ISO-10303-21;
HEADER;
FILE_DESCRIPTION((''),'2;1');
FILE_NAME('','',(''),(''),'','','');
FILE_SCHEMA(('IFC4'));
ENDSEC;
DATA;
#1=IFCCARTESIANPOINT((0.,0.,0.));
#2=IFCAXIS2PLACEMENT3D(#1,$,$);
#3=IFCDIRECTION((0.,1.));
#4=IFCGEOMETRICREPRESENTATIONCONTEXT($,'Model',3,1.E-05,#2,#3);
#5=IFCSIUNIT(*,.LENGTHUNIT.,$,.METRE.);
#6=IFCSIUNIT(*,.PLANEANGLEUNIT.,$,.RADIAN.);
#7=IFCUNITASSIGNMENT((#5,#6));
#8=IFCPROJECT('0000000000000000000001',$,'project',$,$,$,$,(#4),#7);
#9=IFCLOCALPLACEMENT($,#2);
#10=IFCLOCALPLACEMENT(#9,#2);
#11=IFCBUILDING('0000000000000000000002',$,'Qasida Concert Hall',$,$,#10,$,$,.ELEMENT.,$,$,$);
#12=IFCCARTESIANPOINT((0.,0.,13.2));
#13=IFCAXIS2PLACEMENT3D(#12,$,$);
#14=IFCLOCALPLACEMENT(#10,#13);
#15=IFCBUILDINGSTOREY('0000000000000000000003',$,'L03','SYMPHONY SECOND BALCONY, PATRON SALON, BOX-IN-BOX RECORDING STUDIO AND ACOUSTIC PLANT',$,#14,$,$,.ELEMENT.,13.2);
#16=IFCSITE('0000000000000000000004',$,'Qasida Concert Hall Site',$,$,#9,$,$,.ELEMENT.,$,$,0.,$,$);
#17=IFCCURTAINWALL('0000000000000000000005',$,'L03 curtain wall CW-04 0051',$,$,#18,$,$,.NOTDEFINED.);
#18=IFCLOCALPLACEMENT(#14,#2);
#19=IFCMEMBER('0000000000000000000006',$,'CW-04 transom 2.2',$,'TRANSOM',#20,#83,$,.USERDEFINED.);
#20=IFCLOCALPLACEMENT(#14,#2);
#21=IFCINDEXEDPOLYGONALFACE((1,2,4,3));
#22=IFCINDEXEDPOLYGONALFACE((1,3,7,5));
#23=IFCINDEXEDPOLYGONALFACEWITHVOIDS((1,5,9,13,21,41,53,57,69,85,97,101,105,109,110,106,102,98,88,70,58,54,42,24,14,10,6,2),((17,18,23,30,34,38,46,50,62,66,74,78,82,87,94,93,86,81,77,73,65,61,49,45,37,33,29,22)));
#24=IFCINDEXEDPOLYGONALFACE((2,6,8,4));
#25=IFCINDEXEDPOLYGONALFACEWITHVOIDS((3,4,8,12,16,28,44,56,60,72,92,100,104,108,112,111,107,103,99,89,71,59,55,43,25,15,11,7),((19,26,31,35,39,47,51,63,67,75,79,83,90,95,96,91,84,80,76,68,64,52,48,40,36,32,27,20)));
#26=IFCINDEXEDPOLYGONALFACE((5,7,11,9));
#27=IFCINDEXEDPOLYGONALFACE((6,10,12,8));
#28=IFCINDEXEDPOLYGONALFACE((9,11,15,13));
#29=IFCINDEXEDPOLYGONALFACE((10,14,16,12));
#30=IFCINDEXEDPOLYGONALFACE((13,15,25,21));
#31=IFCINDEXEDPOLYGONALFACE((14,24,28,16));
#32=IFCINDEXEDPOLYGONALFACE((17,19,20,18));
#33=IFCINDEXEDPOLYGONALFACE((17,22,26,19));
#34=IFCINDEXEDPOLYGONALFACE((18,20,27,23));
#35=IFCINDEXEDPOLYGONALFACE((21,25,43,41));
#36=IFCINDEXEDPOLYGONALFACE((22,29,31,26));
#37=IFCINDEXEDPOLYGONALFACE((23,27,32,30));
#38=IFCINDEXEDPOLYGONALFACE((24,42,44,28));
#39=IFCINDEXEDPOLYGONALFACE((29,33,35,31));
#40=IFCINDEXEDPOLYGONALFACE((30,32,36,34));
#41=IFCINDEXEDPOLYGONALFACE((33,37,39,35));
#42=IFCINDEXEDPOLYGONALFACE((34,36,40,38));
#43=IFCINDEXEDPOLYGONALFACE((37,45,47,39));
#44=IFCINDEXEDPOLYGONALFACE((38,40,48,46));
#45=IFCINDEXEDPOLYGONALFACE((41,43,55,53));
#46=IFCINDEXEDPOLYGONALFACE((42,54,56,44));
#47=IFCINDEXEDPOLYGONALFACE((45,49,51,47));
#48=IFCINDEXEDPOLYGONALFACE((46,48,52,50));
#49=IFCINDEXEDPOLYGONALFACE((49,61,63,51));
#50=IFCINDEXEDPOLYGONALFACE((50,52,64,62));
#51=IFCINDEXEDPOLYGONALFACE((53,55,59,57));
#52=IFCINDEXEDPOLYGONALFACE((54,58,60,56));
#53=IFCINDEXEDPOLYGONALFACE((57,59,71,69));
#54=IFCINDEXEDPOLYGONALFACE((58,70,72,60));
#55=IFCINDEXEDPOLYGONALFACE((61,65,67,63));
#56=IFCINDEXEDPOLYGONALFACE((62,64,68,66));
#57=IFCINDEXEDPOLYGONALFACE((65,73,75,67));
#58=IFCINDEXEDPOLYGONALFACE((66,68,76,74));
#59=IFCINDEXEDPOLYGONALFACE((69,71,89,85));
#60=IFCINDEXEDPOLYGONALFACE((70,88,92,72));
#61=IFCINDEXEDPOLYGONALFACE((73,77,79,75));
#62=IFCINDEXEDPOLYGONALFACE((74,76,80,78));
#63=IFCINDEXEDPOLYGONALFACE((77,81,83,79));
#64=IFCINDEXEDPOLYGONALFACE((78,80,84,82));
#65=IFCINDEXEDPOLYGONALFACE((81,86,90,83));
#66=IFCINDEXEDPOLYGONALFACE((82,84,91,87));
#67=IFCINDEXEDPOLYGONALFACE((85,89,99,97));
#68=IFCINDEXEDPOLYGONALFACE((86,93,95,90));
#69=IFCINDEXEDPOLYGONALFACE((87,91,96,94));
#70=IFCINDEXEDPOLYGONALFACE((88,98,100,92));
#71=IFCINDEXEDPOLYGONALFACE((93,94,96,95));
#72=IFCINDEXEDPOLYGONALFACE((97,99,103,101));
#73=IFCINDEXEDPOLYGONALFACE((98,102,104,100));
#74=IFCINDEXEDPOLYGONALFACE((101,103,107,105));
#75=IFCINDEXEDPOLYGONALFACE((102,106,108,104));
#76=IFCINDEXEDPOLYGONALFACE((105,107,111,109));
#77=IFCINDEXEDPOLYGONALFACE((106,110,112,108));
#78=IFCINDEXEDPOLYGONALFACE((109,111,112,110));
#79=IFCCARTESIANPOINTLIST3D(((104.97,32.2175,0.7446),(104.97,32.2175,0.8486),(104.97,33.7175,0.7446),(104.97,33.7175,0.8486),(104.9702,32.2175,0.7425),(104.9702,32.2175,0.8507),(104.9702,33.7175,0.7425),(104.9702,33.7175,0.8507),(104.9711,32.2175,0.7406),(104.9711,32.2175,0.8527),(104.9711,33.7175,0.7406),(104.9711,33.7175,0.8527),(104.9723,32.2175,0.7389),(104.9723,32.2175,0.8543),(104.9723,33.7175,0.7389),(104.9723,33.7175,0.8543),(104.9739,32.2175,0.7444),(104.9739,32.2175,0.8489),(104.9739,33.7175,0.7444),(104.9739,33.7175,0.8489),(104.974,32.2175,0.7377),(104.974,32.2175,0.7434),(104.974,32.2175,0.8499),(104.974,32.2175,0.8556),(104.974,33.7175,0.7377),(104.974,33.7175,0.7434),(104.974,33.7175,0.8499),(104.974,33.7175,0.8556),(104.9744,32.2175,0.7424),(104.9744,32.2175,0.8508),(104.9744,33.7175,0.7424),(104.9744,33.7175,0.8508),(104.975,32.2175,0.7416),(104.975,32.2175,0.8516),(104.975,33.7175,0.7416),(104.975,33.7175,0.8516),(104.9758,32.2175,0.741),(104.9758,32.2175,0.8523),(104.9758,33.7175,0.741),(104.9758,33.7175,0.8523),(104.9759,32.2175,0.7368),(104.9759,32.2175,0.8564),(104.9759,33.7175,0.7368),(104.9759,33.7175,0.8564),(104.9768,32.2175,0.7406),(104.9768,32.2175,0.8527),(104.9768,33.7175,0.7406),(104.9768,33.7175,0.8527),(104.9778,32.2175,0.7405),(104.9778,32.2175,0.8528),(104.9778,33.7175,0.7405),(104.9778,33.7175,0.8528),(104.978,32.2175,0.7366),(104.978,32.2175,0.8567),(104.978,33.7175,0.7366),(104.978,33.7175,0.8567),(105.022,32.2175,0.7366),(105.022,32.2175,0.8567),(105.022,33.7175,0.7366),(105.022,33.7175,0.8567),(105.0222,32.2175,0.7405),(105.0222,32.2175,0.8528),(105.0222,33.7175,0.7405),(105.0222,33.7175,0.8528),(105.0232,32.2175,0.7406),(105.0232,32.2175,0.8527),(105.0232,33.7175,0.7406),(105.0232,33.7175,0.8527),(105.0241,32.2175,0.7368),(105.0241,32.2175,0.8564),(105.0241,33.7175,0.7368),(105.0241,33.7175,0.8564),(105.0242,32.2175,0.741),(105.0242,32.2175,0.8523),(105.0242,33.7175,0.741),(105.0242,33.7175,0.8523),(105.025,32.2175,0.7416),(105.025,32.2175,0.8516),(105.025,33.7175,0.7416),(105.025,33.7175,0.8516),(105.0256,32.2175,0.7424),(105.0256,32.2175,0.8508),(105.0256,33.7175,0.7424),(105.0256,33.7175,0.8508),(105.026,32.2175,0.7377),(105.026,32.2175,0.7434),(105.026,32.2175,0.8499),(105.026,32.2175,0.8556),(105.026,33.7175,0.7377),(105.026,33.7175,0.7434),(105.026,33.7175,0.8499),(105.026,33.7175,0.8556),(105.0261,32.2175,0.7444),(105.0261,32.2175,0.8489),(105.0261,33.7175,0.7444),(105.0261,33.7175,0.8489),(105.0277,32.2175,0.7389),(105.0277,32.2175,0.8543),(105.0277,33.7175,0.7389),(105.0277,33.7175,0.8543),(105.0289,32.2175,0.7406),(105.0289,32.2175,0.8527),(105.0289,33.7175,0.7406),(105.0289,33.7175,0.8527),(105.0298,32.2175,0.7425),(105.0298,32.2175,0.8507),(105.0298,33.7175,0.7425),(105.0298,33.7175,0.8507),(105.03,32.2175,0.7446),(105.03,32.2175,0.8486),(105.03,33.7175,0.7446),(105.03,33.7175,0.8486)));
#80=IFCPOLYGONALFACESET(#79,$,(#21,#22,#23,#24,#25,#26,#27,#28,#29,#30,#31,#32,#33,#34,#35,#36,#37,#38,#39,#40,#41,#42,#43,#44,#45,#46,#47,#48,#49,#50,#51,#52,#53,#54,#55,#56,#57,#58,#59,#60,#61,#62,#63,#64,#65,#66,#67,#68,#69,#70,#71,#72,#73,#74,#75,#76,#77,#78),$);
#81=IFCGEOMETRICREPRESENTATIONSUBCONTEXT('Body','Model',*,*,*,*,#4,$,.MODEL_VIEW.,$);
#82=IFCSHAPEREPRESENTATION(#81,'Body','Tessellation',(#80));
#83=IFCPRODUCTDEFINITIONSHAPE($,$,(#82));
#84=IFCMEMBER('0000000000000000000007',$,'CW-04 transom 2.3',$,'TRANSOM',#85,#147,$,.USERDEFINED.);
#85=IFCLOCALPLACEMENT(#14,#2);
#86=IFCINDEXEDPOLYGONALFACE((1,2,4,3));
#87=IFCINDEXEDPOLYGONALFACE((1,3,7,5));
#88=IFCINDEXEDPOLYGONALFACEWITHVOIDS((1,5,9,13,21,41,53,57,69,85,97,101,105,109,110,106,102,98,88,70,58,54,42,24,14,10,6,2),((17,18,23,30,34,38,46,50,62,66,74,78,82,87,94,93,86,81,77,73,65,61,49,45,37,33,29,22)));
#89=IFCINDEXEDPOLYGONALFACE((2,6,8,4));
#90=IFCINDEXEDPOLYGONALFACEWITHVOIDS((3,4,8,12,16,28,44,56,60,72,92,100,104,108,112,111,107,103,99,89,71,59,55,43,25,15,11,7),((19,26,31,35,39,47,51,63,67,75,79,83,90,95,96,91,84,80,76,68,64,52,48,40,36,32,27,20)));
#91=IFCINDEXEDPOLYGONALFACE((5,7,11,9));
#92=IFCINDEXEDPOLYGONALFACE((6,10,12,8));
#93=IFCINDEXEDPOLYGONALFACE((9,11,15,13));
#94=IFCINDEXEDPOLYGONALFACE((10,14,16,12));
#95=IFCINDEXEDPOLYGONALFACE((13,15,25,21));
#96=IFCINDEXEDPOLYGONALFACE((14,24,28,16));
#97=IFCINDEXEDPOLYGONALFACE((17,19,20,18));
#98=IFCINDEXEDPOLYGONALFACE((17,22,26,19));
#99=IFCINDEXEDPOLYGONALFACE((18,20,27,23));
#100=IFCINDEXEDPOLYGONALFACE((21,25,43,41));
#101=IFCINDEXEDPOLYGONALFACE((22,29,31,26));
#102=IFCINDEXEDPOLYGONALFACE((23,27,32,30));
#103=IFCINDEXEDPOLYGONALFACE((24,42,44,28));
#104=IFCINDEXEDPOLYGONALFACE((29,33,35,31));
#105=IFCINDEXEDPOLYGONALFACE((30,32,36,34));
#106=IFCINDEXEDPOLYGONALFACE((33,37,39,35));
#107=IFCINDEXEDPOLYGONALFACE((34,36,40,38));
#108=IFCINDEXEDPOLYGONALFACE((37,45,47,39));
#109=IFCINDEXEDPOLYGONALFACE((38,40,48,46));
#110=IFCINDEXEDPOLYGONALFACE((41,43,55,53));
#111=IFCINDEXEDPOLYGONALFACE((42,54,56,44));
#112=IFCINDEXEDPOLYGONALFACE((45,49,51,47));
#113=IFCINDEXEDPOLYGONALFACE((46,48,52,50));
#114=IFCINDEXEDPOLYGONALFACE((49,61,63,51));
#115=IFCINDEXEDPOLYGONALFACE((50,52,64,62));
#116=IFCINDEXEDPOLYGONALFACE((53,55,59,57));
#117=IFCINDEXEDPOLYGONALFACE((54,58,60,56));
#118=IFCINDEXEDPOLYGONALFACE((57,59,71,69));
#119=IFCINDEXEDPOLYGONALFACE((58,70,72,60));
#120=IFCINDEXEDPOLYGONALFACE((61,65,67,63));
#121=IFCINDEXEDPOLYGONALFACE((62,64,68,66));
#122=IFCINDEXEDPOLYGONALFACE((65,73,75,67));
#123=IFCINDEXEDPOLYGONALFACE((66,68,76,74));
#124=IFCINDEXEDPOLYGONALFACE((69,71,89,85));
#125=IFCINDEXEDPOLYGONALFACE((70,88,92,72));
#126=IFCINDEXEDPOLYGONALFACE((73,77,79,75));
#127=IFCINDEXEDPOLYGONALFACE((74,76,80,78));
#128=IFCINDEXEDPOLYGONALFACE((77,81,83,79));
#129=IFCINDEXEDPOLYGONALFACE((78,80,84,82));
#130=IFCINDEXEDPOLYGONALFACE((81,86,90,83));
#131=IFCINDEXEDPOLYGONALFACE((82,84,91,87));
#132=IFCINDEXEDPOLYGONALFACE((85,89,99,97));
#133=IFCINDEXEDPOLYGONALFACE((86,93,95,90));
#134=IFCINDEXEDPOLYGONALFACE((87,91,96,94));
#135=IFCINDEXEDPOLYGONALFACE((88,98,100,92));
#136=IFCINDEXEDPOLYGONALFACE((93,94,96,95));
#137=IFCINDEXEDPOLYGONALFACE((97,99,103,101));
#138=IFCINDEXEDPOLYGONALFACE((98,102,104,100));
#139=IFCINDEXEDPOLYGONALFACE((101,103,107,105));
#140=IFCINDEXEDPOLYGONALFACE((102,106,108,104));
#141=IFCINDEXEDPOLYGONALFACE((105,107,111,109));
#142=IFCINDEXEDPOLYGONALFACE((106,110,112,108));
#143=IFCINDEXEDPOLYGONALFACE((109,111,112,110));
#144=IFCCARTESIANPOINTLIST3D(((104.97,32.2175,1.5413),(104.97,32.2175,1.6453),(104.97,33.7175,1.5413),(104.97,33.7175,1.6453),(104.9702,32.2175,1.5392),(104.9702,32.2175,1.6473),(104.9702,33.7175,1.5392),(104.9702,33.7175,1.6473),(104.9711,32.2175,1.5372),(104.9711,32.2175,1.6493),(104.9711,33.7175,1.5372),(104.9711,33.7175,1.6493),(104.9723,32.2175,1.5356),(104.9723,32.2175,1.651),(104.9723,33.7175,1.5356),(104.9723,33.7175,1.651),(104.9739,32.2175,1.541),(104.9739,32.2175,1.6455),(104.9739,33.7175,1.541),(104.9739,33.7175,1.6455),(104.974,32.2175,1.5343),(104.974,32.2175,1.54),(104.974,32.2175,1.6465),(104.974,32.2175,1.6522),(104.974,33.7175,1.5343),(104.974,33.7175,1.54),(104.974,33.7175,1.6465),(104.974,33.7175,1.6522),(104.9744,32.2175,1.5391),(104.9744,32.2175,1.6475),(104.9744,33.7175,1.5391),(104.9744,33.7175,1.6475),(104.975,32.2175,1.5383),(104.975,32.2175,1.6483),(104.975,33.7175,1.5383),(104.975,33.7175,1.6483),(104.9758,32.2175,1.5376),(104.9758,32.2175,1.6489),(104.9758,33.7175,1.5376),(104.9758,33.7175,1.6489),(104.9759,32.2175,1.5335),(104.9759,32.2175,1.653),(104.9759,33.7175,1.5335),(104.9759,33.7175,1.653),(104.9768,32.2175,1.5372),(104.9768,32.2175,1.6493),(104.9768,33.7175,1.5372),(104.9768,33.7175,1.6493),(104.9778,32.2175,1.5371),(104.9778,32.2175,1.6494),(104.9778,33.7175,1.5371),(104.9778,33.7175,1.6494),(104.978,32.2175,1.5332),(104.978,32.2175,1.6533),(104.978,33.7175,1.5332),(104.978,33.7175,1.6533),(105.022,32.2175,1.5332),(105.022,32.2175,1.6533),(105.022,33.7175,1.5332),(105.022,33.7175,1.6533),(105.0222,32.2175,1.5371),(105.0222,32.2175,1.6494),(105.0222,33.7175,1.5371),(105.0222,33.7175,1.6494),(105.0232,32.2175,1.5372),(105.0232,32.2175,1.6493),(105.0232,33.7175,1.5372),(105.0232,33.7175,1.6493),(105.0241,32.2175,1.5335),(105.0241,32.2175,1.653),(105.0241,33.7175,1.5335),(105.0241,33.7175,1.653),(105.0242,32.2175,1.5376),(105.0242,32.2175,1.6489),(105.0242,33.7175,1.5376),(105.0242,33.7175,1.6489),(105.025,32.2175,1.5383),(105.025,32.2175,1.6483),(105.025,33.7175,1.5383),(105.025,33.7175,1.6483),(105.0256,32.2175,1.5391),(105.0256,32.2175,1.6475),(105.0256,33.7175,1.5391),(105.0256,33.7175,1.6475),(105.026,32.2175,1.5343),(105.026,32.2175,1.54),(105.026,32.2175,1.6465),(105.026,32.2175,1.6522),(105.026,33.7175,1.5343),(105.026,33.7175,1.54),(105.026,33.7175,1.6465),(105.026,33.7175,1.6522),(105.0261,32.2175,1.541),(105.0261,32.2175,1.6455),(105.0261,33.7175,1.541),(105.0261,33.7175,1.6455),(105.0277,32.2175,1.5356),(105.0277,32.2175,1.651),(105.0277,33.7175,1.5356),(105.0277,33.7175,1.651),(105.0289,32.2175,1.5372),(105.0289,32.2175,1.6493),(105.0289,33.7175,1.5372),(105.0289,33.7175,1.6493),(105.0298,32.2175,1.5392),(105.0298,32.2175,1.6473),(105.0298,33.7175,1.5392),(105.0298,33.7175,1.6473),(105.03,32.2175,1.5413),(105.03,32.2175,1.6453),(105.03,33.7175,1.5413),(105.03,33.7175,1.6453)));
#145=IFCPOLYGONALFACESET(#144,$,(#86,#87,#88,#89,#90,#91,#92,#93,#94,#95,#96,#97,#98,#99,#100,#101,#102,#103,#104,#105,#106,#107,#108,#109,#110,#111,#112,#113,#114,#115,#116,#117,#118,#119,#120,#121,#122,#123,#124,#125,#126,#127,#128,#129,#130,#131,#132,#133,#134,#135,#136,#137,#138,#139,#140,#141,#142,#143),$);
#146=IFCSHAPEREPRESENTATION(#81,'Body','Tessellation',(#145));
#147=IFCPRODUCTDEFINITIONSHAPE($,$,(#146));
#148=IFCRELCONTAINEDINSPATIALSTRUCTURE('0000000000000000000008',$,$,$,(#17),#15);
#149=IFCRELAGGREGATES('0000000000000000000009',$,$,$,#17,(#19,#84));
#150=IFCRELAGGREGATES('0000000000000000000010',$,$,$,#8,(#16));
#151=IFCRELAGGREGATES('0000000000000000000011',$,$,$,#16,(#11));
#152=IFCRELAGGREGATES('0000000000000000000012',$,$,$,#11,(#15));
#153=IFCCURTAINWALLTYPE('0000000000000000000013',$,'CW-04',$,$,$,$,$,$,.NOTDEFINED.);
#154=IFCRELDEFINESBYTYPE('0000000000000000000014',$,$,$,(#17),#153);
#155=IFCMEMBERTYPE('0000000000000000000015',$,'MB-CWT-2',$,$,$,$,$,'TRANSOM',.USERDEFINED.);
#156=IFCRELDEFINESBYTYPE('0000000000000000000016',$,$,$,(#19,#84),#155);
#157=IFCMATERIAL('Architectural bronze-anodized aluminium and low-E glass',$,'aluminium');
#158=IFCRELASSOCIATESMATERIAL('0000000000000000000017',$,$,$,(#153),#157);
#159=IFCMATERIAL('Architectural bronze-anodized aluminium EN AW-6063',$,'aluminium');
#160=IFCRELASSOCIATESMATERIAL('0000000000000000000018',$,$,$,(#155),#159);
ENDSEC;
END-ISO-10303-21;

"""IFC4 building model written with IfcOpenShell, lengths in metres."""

from ifc_helpers import new_model, si_unit, direction, frame, origin, origin_2d, place, context, subcontext, project, spatial, hollow_rectangle, extrude, material, material_profile, profile_set, type_object, element, aggregate, save


model = new_model("IFC4")

# Units and contexts
model_context = context("Model", 3, precision=1e-05, world=origin(), true_north=direction((0.0, 1.0)))
body_context = subcontext(model_context, "Body", "Model", "MODEL_VIEW")
ifc_project = project(units=[si_unit("LENGTHUNIT", "METRE"), si_unit("PLANEANGLEUNIT", "RADIAN")], contexts=[model_context])

# Site, building, storey
site_placement = place(None, origin())
site = spatial("IfcSite", under=ifc_project, at=site_placement, Name="Qasida Concert Hall Site", CompositionType="ELEMENT", RefElevation=0.0)
building_placement = place(site_placement, origin())
building = spatial("IfcBuilding", under=site, at=building_placement, Name="Qasida Concert Hall", CompositionType="ELEMENT")
storey_placement = place(building_placement, frame((0.0, 0.0, 13.2)))
storey = spatial("IfcBuildingStorey", under=building, at=storey_placement, Name="L03", Description="SYMPHONY SECOND BALCONY, PATRON SALON, BOX-IN-BOX RECORDING STUDIO AND ACOUSTIC PLANT", CompositionType="ELEMENT", Elevation=13.2)

# Curtain wall, members
ifc_material_1 = material(Name="Architectural bronze-anodized aluminium and low-E glass", Category="aluminium")
curtain_wall_type = type_object("IfcCurtainWallType", Name="CW-04", PredefinedType="NOTDEFINED", material=ifc_material_1)
curtain_wall_placement = place(storey_placement, origin())
curtain_wall = element("IfcCurtainWall", 1, at=curtain_wall_placement, inside=storey, type_object=curtain_wall_type, Name="L03 curtain wall CW-04 0051", PredefinedType="NOTDEFINED")
ifc_material_2 = material(Name="Architectural bronze-anodized aluminium EN AW-6063", Category="aluminium")
ifc_material_profile_1 = material_profile(ifc_material_2, hollow_rectangle(XDim=0.0601, YDim=0.1201, WallThickness=0.0039, InnerFilletRadius=0.0039, OuterFilletRadius=0.0081, at=origin_2d()), Name="CWT 120x60x4")
ifc_profile_set_1 = profile_set([ifc_material_profile_1], Name="Architectural bronze-anodized aluminium EN AW-6063")
member_type_1 = type_object("IfcMemberType", Name="MB-CWT-2", ElementType="TRANSOM", PredefinedType="USERDEFINED", material=ifc_profile_set_1)
member_1_placement = place(storey_placement, frame((105.0, 32.2175, 0.7966), z_axis=(0.0, 1.0, 0.0), x_axis=(-1.0, 0.0, 0.0)))
member_1 = element("IfcMember", 2, at=member_1_placement, type_object=member_type_1, Name="CW-04 transom 2.2", ObjectType="TRANSOM", PredefinedType="USERDEFINED", context=body_context, shape_type="SweptSolid", body=[
    extrude(hollow_rectangle(XDim=0.0601, YDim=0.1201, WallThickness=0.0039, InnerFilletRadius=0.0039, OuterFilletRadius=0.0081, at=origin_2d()), origin(), (0.0, 0.0, 1.0), 1.5),
])
member_2_placement = place(storey_placement, frame((105.0, 32.2175, 1.5933), z_axis=(0.0, 1.0, 0.0), x_axis=(-1.0, 0.0, 0.0)))
member_2 = element("IfcMember", 3, at=member_2_placement, type_object=member_type_1, Name="CW-04 transom 2.3", ObjectType="TRANSOM", PredefinedType="USERDEFINED", context=body_context, shape_type="SweptSolid", body=[
    extrude(hollow_rectangle(XDim=0.0601, YDim=0.1201, WallThickness=0.0039, InnerFilletRadius=0.0039, OuterFilletRadius=0.0081, at=origin_2d()), origin(), (0.0, 0.0, 1.0), 1.5),
])

aggregate(curtain_wall, [member_1, member_2])

save(model, "model.ifc")
